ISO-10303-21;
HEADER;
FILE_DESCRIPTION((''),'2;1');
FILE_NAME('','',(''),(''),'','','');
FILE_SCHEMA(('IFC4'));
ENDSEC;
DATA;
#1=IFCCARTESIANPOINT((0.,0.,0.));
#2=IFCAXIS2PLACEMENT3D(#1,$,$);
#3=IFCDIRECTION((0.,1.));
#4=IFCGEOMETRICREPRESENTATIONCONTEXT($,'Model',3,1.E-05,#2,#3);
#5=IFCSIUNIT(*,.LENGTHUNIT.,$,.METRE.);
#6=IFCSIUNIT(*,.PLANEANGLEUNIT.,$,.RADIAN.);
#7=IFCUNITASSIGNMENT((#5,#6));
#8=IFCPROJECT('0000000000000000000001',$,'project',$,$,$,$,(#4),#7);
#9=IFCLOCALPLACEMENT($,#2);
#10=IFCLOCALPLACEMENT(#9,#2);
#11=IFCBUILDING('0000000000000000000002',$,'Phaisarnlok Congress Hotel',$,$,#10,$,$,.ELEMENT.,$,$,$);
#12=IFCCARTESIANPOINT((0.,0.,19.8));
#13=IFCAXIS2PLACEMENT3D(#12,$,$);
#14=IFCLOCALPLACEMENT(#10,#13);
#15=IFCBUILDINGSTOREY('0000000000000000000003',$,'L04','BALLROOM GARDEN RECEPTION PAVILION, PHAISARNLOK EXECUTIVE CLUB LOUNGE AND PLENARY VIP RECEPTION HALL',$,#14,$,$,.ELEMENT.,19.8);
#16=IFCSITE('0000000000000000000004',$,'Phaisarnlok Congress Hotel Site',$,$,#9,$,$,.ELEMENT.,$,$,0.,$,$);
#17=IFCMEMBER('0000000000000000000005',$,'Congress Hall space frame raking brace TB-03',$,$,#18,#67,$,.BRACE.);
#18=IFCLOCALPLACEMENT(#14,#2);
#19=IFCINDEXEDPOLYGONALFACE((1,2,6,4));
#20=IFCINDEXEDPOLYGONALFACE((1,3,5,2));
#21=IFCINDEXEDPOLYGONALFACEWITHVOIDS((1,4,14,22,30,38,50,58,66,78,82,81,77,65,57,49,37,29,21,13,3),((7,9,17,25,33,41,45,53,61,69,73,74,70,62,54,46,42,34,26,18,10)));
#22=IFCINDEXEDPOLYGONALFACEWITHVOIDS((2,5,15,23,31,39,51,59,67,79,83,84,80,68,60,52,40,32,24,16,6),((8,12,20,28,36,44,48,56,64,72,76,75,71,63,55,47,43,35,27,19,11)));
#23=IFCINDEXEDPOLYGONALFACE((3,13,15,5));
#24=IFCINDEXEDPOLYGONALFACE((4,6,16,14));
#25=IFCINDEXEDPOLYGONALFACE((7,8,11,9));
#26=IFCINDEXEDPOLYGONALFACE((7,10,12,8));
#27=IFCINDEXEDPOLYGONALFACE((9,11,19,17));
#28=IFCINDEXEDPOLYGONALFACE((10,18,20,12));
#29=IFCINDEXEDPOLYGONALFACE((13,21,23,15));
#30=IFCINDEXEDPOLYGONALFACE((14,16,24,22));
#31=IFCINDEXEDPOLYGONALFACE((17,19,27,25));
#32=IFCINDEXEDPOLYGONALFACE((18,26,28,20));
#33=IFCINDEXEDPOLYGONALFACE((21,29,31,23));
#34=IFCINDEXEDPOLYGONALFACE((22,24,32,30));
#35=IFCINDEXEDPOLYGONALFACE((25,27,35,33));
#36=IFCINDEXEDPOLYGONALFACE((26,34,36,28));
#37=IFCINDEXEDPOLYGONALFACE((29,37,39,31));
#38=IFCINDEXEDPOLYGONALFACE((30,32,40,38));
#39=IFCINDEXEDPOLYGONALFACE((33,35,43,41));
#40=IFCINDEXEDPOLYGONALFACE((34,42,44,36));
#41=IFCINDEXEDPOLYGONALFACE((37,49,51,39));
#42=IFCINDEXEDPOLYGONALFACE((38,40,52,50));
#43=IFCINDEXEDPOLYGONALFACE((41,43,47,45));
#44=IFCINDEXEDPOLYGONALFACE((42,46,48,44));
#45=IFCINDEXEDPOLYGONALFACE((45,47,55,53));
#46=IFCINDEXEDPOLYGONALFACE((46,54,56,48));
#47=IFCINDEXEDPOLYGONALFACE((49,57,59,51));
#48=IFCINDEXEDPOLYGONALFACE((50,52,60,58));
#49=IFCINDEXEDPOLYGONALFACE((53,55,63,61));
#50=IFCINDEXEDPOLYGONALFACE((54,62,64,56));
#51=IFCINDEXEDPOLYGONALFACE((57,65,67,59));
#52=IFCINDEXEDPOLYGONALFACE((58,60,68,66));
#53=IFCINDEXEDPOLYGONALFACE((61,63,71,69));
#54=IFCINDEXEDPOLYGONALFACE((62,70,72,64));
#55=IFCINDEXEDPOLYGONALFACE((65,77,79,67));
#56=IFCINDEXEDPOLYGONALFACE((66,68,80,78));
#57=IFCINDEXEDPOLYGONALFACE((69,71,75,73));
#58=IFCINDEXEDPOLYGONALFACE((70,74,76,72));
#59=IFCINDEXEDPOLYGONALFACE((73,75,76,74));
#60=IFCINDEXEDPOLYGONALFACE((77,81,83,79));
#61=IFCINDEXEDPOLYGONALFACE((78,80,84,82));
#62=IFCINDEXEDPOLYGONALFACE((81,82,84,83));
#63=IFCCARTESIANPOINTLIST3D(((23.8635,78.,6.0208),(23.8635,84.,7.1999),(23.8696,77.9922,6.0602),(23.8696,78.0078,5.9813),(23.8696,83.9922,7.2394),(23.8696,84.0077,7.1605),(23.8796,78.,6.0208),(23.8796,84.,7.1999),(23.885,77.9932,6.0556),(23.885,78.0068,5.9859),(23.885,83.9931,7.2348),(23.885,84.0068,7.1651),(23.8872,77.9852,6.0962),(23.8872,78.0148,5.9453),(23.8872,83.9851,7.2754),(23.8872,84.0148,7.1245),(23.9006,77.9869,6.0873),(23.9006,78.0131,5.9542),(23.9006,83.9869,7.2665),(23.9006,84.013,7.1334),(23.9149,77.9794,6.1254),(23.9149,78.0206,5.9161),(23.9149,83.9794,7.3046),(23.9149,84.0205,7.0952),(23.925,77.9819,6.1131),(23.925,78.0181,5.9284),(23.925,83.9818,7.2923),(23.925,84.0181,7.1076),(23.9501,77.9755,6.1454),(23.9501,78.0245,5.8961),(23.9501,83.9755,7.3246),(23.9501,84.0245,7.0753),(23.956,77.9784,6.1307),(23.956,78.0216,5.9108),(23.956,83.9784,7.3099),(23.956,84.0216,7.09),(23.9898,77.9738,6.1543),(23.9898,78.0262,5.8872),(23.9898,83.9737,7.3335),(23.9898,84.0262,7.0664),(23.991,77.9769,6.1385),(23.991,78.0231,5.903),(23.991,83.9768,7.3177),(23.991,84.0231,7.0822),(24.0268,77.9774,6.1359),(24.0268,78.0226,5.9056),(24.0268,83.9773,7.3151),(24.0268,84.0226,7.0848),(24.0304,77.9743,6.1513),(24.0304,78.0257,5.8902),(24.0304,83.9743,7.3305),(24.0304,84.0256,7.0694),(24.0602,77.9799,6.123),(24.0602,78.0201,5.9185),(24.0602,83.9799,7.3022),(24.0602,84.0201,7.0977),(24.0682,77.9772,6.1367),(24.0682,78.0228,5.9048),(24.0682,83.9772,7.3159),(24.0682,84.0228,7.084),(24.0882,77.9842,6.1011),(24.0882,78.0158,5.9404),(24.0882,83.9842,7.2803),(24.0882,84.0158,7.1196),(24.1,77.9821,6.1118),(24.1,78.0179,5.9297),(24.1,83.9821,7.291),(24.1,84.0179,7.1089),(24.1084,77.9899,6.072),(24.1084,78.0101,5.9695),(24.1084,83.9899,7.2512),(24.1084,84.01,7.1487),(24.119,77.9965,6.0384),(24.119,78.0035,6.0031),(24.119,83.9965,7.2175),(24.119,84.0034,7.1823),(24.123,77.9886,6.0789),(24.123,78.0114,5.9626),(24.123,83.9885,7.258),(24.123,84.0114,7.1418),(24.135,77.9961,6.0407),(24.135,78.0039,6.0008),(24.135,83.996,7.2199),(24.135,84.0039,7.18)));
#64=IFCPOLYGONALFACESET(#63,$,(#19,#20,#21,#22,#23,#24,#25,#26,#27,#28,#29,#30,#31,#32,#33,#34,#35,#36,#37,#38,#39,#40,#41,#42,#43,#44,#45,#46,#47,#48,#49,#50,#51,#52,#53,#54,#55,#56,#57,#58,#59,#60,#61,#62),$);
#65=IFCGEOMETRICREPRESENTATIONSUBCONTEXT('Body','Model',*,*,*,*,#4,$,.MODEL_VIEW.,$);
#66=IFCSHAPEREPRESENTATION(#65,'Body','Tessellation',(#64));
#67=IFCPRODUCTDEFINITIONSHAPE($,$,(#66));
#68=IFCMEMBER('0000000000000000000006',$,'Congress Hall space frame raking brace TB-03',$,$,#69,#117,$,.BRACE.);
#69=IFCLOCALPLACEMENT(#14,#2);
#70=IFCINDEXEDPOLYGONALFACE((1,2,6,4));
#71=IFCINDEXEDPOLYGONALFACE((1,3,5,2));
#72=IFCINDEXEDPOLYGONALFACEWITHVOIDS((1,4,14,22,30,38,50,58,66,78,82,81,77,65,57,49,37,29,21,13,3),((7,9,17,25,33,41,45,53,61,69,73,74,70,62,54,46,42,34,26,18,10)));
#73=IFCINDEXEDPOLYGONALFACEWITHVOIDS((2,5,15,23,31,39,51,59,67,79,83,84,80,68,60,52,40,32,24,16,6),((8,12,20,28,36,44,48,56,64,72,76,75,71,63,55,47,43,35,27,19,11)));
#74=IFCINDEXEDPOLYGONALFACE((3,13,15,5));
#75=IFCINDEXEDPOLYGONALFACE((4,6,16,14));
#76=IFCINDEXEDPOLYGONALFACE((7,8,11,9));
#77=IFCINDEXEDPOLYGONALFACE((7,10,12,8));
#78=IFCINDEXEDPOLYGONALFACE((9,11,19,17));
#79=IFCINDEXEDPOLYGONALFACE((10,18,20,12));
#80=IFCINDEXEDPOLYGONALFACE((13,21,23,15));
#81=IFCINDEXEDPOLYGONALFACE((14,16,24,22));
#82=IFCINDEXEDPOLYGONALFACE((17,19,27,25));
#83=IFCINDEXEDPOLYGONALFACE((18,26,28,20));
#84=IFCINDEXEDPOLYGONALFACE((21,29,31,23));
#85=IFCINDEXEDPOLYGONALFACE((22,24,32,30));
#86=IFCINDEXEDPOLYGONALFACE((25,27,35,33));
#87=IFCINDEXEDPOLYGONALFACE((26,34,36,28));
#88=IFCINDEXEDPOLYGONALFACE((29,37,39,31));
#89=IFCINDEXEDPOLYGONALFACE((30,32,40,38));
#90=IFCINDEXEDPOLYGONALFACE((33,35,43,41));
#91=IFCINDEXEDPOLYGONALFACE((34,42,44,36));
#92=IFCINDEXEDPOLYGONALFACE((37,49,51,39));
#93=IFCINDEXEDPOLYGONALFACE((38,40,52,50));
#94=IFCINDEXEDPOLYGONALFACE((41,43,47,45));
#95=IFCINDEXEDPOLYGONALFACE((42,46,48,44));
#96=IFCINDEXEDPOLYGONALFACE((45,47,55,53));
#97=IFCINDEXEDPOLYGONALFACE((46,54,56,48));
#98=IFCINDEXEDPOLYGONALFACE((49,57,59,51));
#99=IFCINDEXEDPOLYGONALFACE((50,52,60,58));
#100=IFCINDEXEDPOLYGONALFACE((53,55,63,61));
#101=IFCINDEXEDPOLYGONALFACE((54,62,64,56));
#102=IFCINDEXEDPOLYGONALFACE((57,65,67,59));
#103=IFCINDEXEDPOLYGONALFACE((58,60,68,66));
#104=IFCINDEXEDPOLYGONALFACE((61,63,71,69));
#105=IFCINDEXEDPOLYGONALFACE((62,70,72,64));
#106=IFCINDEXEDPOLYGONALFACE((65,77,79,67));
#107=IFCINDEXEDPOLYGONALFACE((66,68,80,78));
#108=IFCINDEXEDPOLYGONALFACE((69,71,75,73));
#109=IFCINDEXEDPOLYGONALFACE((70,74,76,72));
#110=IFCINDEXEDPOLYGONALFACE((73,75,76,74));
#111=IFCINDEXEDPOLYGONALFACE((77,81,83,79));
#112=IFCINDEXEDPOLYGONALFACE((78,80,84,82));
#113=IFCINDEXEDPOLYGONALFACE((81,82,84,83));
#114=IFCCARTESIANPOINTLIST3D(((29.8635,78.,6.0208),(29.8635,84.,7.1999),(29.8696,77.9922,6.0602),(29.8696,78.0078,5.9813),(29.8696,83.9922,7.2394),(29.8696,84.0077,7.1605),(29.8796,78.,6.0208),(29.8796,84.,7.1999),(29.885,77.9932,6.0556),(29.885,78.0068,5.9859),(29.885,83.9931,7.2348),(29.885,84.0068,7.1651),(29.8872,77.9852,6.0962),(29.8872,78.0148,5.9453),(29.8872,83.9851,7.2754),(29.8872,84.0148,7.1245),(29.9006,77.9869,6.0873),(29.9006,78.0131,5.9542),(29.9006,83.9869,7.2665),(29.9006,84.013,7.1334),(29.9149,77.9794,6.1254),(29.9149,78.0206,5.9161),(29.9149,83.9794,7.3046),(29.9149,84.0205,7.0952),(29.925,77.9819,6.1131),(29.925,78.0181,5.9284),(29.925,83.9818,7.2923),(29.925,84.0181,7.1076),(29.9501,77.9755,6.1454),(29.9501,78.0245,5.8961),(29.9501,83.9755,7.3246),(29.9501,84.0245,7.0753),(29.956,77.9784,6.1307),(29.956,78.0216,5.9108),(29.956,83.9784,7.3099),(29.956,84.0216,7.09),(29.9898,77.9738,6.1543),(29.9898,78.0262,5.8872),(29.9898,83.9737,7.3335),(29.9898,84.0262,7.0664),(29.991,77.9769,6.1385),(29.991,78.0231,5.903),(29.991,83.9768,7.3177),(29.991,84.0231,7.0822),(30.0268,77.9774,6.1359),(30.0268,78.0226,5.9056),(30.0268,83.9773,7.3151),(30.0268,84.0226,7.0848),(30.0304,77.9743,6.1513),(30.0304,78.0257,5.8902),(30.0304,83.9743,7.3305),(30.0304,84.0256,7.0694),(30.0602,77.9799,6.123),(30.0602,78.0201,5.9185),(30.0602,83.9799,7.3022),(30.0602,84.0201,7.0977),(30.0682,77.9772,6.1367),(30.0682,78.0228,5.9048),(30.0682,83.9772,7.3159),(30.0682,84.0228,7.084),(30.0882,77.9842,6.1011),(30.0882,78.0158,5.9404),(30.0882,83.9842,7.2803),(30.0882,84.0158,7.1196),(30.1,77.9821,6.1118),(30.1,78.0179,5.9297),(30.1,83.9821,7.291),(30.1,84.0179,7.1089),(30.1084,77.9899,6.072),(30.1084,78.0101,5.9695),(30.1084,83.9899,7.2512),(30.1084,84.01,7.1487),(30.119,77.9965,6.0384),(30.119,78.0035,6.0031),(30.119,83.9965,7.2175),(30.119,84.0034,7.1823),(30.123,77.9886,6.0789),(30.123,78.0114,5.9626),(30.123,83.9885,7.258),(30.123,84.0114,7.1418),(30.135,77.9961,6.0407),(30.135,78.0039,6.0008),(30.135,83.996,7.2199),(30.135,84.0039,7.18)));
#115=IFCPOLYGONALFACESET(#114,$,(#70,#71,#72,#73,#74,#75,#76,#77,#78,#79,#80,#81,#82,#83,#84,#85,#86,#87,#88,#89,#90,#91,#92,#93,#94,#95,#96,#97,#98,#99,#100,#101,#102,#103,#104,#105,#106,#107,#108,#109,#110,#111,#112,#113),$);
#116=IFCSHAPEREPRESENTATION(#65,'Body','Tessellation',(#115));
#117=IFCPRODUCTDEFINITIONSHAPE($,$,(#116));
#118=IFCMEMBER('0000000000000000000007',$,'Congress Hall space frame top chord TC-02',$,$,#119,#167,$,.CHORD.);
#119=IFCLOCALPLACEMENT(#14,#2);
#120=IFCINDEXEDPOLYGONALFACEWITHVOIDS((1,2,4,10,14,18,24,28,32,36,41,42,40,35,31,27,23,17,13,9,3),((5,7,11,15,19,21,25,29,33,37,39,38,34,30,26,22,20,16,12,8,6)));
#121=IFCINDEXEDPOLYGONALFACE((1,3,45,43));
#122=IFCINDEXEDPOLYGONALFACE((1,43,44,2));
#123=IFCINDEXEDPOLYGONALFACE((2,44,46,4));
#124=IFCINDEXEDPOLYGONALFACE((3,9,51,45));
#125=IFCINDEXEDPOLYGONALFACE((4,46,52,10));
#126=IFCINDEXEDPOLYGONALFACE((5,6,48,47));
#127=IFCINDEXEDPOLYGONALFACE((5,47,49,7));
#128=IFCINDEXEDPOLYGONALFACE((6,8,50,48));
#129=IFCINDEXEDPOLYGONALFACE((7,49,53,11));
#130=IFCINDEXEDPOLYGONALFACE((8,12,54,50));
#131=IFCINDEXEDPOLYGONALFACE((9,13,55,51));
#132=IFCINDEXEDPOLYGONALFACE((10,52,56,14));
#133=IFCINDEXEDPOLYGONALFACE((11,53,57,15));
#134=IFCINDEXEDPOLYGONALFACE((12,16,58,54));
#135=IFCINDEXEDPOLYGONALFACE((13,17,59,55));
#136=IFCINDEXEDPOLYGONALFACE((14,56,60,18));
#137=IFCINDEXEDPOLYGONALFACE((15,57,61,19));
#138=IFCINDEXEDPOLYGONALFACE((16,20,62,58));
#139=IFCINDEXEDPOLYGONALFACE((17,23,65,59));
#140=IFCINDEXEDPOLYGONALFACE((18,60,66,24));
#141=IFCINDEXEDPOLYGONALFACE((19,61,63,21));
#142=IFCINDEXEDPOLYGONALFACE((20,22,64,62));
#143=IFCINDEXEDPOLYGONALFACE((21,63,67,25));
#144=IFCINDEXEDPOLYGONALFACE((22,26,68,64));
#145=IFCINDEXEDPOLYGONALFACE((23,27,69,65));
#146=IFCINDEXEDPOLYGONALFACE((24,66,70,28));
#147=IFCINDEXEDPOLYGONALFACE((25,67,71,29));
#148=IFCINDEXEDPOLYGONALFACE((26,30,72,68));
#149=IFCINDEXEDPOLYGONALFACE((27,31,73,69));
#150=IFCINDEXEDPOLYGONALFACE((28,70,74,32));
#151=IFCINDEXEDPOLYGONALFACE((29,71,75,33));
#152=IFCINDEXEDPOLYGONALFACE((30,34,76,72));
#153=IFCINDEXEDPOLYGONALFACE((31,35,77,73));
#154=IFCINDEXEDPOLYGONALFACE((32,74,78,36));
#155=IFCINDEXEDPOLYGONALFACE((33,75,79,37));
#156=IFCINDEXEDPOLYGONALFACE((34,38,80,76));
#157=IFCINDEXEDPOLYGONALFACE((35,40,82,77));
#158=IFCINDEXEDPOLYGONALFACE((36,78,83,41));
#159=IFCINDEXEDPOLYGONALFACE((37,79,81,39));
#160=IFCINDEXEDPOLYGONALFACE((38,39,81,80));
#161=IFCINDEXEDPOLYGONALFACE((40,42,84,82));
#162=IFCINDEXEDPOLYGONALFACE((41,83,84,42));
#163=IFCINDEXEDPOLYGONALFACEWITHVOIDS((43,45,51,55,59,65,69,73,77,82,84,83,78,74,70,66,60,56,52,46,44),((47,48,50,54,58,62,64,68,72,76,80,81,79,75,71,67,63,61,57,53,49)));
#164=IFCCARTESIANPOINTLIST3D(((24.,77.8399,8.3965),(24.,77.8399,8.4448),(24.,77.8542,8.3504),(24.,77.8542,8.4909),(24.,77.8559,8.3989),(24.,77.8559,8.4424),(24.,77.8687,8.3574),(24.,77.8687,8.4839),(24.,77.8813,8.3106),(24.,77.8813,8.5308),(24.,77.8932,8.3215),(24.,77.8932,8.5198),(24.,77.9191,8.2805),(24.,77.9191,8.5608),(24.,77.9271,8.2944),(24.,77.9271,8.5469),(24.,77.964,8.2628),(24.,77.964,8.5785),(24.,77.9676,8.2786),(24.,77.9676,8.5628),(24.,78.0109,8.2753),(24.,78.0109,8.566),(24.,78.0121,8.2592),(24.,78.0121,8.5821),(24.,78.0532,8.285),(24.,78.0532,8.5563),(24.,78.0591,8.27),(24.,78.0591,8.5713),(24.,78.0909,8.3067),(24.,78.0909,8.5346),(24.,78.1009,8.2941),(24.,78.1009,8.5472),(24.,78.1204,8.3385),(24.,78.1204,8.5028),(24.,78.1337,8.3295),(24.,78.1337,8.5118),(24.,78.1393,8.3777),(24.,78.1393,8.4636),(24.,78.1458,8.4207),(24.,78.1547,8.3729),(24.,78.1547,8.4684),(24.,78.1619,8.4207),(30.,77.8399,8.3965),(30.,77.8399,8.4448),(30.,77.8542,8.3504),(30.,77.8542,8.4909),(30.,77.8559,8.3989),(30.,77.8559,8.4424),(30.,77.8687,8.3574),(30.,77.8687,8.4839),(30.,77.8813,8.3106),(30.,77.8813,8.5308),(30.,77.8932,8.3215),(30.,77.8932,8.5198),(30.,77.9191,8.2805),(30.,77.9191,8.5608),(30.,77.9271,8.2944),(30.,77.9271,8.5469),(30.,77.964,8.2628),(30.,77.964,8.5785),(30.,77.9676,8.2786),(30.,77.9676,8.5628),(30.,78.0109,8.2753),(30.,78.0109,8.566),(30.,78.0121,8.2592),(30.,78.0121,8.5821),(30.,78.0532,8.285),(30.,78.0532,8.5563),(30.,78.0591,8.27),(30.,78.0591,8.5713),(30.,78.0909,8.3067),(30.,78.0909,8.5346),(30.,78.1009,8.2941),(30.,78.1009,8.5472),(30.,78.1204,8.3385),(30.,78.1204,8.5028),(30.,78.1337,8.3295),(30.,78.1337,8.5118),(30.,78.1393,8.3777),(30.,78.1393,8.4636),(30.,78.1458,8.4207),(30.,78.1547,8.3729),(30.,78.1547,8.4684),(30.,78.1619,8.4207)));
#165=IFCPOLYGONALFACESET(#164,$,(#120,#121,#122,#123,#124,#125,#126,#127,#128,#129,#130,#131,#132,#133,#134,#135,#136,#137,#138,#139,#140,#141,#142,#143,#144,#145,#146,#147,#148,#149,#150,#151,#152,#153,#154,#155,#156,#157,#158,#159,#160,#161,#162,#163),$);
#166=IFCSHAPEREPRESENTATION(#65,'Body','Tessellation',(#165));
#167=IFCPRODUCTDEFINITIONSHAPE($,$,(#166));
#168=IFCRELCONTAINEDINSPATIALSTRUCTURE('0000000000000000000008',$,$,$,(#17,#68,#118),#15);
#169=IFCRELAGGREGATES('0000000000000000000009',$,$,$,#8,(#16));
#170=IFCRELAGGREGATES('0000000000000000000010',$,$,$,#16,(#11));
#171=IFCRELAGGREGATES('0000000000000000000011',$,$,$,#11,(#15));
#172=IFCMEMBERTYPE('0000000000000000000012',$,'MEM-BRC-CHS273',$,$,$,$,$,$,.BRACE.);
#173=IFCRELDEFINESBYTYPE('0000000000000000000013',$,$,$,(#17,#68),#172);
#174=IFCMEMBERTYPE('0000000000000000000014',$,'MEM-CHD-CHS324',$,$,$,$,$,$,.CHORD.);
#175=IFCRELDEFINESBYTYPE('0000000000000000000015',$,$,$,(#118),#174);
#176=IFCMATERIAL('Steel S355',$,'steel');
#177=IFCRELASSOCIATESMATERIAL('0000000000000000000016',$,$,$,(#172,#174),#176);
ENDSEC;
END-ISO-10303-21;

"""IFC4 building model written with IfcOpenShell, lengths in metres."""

from ifc_helpers import new_model, si_unit, direction, frame, origin, origin_2d, place, context, subcontext, project, spatial, hollow_circle, extrude, material, material_profile, profile_set, type_object, element, save


model = new_model("IFC4")

# Units and contexts
model_context = context("Model", 3, precision=1e-05, world=origin(), true_north=direction((0.0, 1.0)))
body_context = subcontext(model_context, "Body", "Model", "MODEL_VIEW")
ifc_project = project(units=[si_unit("LENGTHUNIT", "METRE"), si_unit("PLANEANGLEUNIT", "RADIAN")], contexts=[model_context])

# Site, building, storey
site_placement = place(None, origin())
site = spatial("IfcSite", under=ifc_project, at=site_placement, Name="Phaisarnlok Congress Hotel Site", CompositionType="ELEMENT", RefElevation=0.0)
building_placement = place(site_placement, origin())
building = spatial("IfcBuilding", under=site, at=building_placement, Name="Phaisarnlok Congress Hotel", CompositionType="ELEMENT")
storey_placement = place(building_placement, frame((0.0, 0.0, 19.8)))
storey = spatial("IfcBuildingStorey", under=building, at=storey_placement, Name="L04", Description="BALLROOM GARDEN RECEPTION PAVILION, PHAISARNLOK EXECUTIVE CLUB LOUNGE AND PLENARY VIP RECEPTION HALL", CompositionType="ELEMENT", Elevation=19.8)

# Members
ifc_material_1 = material(Name="Steel S355", Category="steel")
ifc_material_profile_1 = material_profile(ifc_material_1, hollow_circle(Radius=0.1365, WallThickness=0.0161, at=origin_2d()), Name="CHS 273x16")
ifc_profile_set_1 = profile_set([ifc_material_profile_1], Name="Steel S355")
member_type_1 = type_object("IfcMemberType", Name="MEM-BRC-CHS273", PredefinedType="BRACE", material=ifc_profile_set_1)
for number, where, z_axis, x_axis, name in (
    (1, (24.0, 78.0, 6.0208), (0.0, 0.981229, 0.192844), (-1.0, 0.0, 0.0), "Congress Hall space frame raking brace TB-03"),
    (2, (30.0, 78.0, 6.0208), (0.0, 0.981229, 0.192844), (-1.0, 0.0, 0.0), "Congress Hall space frame raking brace TB-03"),
):
    element("IfcMember", number, at=place(storey_placement, frame(where, z_axis=z_axis, x_axis=x_axis)), inside=storey, type_object=member_type_1, Name=name, PredefinedType="BRACE", context=body_context, shape_type="SweptSolid", body=[
        extrude(hollow_circle(Radius=0.1365, WallThickness=0.0161, at=origin_2d()), origin(), (0.0, 0.0, 1.0), 6.1147),
    ])
ifc_material_profile_2 = material_profile(ifc_material_1, hollow_circle(Radius=0.1619, WallThickness=0.0161, at=origin_2d()), Name="CHS 323.9x16")
ifc_profile_set_2 = profile_set([ifc_material_profile_2], Name="Steel S355")
member_type_2 = type_object("IfcMemberType", Name="MEM-CHD-CHS324", PredefinedType="CHORD", material=ifc_profile_set_2)
member_1_placement = place(storey_placement, frame((24.0, 78.0, 8.4207), z_axis=(1.0, 0.0, 0.0), x_axis=(0.0, 1.0, 0.0)))
element("IfcMember", 3, at=member_1_placement, inside=storey, type_object=member_type_2, Name="Congress Hall space frame top chord TC-02", PredefinedType="CHORD", context=body_context, shape_type="SweptSolid", body=[
    extrude(hollow_circle(Radius=0.1619, WallThickness=0.0161, at=origin_2d()), origin(), (0.0, 0.0, 1.0), 6.0),
])

save(model, "model.ifc")
